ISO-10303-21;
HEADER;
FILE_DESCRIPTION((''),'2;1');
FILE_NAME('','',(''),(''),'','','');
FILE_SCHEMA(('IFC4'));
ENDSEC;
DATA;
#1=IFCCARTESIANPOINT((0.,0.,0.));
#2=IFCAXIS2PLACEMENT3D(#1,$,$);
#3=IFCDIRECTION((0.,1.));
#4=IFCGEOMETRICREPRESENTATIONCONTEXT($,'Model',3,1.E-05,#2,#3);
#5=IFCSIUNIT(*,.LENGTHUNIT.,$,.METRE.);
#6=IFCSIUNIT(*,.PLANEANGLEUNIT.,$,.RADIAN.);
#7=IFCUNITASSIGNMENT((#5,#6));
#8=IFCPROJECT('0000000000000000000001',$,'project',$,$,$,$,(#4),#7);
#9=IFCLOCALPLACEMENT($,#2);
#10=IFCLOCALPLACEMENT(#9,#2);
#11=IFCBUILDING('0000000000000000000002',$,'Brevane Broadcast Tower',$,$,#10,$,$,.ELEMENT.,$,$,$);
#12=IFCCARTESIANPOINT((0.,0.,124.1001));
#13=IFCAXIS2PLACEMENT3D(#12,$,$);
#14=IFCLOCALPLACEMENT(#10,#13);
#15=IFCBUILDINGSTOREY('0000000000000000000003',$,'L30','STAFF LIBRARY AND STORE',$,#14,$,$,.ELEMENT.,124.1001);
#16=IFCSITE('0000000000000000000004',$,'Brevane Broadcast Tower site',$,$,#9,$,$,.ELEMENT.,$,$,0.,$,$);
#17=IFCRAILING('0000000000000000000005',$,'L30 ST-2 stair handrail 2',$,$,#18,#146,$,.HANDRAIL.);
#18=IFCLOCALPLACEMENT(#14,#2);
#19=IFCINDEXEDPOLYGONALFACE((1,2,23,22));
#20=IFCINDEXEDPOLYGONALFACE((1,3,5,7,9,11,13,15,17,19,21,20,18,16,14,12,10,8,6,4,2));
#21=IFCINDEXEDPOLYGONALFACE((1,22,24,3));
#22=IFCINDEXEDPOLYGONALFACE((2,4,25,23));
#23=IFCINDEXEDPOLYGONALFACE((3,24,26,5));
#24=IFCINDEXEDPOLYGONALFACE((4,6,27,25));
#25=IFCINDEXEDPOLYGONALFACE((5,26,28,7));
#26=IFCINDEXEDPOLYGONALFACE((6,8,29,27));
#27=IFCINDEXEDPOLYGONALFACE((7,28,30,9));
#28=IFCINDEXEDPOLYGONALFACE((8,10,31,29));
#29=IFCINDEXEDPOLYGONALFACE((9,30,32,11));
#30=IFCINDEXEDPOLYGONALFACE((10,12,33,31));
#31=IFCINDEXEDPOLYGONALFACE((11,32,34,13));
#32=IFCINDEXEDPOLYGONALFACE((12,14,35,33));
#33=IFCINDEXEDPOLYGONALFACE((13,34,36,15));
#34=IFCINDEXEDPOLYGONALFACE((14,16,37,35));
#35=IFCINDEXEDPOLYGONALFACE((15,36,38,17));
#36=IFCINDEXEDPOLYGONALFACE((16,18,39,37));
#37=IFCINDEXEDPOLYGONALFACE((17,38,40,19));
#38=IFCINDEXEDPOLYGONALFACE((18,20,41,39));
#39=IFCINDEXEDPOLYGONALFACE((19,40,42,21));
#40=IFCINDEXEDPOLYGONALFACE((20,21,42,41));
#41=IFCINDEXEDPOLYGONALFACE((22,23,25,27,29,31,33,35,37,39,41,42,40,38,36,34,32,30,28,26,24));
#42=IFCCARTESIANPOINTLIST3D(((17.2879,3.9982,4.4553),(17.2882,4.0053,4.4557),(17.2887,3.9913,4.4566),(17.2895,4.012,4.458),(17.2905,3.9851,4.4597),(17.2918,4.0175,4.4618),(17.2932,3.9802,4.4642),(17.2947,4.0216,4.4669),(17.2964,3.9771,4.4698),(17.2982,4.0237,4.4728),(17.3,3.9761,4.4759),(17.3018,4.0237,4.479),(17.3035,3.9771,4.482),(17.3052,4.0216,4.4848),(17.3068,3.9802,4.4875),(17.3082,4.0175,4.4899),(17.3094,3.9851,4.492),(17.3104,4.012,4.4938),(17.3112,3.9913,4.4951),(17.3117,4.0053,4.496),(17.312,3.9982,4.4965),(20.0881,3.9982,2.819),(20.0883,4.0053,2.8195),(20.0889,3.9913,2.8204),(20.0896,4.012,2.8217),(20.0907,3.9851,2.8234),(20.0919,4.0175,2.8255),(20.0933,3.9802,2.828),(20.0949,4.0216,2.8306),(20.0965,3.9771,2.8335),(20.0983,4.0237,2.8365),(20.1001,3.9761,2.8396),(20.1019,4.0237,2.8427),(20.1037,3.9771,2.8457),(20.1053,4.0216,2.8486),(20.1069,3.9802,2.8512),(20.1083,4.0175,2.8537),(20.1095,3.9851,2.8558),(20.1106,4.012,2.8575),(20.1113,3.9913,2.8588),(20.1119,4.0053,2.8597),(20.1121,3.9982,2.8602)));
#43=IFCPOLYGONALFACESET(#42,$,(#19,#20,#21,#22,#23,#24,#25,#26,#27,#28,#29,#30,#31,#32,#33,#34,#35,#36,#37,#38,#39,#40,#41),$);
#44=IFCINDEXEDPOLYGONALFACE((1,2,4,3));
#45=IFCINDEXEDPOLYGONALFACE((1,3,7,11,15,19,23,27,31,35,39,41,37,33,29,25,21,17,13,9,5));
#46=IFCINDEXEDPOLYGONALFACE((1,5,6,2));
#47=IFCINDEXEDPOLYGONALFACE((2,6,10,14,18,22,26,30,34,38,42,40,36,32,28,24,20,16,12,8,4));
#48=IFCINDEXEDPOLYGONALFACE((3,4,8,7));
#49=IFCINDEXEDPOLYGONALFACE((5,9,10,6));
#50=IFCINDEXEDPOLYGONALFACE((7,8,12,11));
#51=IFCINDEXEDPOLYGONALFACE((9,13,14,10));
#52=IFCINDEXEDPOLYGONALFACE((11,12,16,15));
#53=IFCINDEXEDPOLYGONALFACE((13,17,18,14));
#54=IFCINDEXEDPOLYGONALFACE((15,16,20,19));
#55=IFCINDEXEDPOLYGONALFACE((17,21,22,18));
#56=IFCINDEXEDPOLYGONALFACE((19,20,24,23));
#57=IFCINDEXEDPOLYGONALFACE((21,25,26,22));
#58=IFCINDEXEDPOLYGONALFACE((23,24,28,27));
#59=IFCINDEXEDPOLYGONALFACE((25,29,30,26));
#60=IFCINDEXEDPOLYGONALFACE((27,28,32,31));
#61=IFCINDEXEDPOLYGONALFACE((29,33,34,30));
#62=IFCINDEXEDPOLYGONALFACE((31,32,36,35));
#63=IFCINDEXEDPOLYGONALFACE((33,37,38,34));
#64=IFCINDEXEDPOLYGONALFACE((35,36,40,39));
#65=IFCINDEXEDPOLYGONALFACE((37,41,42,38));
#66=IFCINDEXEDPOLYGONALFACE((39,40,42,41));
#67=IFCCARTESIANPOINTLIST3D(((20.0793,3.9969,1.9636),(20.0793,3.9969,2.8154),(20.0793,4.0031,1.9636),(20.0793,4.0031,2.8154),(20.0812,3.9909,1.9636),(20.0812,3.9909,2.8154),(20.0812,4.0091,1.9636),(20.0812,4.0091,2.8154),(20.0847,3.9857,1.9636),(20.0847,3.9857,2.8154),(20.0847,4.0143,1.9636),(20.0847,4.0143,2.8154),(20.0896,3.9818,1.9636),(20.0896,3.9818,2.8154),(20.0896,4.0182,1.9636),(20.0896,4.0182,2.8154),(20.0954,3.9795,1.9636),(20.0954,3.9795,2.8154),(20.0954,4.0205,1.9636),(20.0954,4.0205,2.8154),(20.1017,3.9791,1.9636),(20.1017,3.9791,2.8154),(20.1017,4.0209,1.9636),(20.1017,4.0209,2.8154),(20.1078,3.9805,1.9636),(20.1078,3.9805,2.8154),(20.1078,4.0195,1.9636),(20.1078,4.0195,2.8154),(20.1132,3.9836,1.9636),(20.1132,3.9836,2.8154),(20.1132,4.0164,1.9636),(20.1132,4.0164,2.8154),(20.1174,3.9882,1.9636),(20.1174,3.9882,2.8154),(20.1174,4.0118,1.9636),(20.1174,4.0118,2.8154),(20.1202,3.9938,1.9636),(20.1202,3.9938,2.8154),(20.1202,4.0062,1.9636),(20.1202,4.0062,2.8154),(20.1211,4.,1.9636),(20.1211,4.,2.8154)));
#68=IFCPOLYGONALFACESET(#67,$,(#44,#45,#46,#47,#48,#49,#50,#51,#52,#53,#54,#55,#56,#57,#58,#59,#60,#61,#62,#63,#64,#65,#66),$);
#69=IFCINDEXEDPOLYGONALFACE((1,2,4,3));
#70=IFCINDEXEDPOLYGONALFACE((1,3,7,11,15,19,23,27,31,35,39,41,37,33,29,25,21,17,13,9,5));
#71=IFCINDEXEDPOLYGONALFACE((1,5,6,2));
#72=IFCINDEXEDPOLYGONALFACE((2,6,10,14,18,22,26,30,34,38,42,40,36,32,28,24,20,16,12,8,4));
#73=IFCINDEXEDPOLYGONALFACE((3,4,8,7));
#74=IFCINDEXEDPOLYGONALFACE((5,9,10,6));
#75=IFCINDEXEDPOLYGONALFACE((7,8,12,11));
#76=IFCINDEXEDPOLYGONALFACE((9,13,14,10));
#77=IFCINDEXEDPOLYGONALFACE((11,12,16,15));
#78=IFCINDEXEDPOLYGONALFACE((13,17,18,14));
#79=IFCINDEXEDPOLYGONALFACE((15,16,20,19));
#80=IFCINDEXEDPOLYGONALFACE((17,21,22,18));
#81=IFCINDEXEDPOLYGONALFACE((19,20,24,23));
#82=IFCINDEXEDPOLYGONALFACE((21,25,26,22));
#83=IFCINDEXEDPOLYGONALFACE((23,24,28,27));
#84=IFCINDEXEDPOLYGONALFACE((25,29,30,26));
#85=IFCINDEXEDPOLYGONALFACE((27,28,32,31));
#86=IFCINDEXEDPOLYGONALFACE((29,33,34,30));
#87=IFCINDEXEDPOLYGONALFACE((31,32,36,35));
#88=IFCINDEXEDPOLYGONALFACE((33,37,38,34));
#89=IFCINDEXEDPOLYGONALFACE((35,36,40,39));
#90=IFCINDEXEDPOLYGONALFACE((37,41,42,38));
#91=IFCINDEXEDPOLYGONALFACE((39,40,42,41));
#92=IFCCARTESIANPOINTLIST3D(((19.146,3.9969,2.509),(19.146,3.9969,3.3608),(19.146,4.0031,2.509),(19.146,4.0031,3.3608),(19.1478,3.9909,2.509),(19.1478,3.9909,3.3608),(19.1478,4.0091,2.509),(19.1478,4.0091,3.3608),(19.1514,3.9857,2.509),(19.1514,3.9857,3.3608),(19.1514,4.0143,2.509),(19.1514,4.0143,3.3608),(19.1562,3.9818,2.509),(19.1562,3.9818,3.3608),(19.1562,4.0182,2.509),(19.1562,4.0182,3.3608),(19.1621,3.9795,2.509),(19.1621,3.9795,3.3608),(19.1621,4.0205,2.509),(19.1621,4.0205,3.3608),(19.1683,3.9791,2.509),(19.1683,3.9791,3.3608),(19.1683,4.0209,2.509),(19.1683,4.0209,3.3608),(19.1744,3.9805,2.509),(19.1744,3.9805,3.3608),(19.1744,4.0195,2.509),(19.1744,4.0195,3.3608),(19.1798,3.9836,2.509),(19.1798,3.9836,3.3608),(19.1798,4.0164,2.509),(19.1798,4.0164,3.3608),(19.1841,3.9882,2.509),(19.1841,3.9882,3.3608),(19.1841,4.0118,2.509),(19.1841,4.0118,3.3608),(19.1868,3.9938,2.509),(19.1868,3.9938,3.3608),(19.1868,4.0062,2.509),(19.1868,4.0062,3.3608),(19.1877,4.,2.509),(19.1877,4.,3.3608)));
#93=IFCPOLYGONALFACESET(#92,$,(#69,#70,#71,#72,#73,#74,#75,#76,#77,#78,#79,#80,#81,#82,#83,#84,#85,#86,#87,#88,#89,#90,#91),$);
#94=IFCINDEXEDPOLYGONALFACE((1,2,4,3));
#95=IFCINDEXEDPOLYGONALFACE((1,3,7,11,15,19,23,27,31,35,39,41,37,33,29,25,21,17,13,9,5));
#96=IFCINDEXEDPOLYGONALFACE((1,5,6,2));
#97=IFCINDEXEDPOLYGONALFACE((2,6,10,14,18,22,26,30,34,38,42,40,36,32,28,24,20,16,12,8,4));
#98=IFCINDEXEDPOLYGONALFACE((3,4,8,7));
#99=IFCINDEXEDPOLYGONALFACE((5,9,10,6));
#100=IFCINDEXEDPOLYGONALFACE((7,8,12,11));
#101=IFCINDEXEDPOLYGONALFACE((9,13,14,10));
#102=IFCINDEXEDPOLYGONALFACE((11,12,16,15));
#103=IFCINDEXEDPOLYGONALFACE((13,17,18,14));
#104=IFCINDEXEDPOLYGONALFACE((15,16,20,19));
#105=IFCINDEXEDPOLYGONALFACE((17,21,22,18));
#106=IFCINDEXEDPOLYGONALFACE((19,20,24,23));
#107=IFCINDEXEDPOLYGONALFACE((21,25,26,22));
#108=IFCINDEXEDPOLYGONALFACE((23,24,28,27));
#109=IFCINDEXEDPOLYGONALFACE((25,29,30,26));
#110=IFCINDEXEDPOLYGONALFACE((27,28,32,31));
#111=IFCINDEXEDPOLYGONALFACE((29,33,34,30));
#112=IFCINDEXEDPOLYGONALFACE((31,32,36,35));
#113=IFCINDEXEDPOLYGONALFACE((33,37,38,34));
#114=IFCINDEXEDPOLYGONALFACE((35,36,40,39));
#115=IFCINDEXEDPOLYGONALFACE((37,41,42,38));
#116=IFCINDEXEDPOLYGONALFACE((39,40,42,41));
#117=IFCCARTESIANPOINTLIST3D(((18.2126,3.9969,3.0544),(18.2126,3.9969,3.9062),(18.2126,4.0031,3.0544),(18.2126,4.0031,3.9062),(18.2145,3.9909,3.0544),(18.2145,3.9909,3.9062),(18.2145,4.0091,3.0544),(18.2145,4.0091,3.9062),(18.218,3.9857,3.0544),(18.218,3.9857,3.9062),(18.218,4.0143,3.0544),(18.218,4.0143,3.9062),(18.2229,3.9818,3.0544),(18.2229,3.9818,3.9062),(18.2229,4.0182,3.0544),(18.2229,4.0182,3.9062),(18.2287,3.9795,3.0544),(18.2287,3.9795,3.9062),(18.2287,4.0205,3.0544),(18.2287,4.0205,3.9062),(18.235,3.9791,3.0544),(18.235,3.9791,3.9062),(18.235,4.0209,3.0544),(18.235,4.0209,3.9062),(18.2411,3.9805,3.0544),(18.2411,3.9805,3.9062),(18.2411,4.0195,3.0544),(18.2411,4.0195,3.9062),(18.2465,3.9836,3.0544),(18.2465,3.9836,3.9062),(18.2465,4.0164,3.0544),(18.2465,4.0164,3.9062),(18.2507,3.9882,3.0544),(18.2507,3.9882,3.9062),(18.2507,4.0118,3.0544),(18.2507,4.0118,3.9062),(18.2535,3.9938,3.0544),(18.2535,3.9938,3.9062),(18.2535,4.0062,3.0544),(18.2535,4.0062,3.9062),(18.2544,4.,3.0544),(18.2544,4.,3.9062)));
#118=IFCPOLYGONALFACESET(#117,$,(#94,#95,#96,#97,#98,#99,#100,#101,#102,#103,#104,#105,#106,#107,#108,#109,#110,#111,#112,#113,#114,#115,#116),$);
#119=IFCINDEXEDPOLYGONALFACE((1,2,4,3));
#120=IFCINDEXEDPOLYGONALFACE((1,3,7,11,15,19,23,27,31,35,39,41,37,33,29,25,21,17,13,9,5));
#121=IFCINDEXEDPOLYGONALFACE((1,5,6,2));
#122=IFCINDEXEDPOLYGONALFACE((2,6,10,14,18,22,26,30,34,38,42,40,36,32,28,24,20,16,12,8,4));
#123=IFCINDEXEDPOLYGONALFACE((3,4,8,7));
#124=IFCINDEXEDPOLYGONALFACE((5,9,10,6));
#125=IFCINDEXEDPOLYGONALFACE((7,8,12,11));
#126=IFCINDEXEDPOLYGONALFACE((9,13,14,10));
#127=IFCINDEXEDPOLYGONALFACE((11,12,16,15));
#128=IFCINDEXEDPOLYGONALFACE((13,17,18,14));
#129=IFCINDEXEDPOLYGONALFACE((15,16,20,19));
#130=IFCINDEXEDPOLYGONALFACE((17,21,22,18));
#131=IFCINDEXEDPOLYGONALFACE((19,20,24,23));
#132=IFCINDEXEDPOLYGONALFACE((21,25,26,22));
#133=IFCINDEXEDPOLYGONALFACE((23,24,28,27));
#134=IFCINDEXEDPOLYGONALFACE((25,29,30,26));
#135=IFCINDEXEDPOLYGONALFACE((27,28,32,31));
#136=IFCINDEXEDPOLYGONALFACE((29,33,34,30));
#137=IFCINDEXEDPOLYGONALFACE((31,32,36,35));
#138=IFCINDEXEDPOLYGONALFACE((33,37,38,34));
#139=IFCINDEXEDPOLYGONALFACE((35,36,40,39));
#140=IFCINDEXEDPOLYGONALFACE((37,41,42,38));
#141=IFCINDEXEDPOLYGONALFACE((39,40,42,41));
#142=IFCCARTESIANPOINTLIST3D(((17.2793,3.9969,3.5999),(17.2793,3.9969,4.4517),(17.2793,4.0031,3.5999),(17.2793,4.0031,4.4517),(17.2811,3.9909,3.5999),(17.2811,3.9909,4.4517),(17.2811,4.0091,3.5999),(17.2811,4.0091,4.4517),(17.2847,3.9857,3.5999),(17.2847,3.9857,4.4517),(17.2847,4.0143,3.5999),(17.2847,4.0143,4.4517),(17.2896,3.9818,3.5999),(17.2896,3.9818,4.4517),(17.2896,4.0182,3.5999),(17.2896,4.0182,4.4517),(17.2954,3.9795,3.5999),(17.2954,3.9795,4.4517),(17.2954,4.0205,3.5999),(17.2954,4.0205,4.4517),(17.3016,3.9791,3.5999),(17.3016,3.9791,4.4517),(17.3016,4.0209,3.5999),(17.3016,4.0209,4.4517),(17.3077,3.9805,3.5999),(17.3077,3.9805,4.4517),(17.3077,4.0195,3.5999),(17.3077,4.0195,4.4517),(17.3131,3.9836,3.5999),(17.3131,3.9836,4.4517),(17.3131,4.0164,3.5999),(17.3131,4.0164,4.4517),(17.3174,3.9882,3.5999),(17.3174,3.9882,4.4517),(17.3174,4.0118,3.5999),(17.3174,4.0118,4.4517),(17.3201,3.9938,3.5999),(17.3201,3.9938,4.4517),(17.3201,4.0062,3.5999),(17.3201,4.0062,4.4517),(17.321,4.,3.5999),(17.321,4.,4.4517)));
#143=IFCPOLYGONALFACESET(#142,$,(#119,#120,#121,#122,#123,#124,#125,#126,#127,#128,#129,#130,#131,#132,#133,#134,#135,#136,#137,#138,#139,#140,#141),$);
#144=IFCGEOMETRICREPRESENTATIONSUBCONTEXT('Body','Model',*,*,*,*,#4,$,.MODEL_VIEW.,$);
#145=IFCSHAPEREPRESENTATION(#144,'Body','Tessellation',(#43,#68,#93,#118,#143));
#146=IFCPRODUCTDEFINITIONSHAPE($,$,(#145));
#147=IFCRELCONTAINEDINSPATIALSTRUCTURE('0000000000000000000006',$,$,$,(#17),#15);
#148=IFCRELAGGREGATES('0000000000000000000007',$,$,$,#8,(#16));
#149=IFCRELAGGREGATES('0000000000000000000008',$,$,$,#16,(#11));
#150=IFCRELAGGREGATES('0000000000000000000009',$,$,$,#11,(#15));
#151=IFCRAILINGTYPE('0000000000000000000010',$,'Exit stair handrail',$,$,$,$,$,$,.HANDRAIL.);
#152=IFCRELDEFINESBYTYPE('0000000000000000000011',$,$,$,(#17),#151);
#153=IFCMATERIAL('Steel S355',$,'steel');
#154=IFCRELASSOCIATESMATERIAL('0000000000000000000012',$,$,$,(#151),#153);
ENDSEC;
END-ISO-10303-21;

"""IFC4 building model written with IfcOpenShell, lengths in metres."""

from ifc_helpers import new_model, si_unit, direction, frame, origin, origin_2d, place, context, subcontext, project, spatial, circle, extrude, material, type_object, element, save


model = new_model("IFC4")

# Units and contexts
model_context = context("Model", 3, precision=1e-05, world=origin(), true_north=direction((0.0, 1.0)))
body_context = subcontext(model_context, "Body", "Model", "MODEL_VIEW")
ifc_project = project(units=[si_unit("LENGTHUNIT", "METRE"), si_unit("PLANEANGLEUNIT", "RADIAN")], contexts=[model_context])

# Site, building, storey
site_placement = place(None, origin())
site = spatial("IfcSite", under=ifc_project, at=site_placement, Name="Brevane Broadcast Tower site", CompositionType="ELEMENT", RefElevation=0.0)
building_placement = place(site_placement, origin())
building = spatial("IfcBuilding", under=site, at=building_placement, Name="Brevane Broadcast Tower", CompositionType="ELEMENT")
storey_placement = place(building_placement, frame((0.0, 0.0, 124.1001)))
storey = spatial("IfcBuildingStorey", under=building, at=storey_placement, Name="L30", Description="STAFF LIBRARY AND STORE", CompositionType="ELEMENT", Elevation=124.1001)

# Railing
ifc_material_1 = material(Name="Steel S355", Category="steel")
railing_type_1 = type_object("IfcRailingType", Name="Exit stair handrail", PredefinedType="HANDRAIL", material=ifc_material_1)
railing_1_placement = place(storey_placement, frame((20.1001, 4.0, 1.9636)))
element("IfcRailing", 1, at=railing_1_placement, inside=storey, type_object=railing_type_1, Name="L30 ST-2 stair handrail 2", PredefinedType="HANDRAIL", context=body_context, shape_type="SweptSolid", body=[
    extrude(circle(Radius=0.0239, at=origin_2d()), frame((0.0, 0.0, 0.876), z_axis=(-0.863394, 0.0, 0.504531), x_axis=(0.0, -1.0, 0.0)), (0.0, 0.0, 1.0), 3.2432),
    extrude(circle(Radius=0.021, at=origin_2d()), origin(), (0.0, 0.0, 1.0), 0.8518),
    extrude(circle(Radius=0.021, at=origin_2d()), frame((-0.9333, 0.0, 0.5454)), (0.0, 0.0, 1.0), 0.8518),
    extrude(circle(Radius=0.021, at=origin_2d()), frame((-1.8667, 0.0, 1.0908)), (0.0, 0.0, 1.0), 0.8518),
    extrude(circle(Radius=0.021, at=origin_2d()), frame((-2.8, 0.0, 1.6362)), (0.0, 0.0, 1.0), 0.8518),
])

save(model, "model.ifc")
